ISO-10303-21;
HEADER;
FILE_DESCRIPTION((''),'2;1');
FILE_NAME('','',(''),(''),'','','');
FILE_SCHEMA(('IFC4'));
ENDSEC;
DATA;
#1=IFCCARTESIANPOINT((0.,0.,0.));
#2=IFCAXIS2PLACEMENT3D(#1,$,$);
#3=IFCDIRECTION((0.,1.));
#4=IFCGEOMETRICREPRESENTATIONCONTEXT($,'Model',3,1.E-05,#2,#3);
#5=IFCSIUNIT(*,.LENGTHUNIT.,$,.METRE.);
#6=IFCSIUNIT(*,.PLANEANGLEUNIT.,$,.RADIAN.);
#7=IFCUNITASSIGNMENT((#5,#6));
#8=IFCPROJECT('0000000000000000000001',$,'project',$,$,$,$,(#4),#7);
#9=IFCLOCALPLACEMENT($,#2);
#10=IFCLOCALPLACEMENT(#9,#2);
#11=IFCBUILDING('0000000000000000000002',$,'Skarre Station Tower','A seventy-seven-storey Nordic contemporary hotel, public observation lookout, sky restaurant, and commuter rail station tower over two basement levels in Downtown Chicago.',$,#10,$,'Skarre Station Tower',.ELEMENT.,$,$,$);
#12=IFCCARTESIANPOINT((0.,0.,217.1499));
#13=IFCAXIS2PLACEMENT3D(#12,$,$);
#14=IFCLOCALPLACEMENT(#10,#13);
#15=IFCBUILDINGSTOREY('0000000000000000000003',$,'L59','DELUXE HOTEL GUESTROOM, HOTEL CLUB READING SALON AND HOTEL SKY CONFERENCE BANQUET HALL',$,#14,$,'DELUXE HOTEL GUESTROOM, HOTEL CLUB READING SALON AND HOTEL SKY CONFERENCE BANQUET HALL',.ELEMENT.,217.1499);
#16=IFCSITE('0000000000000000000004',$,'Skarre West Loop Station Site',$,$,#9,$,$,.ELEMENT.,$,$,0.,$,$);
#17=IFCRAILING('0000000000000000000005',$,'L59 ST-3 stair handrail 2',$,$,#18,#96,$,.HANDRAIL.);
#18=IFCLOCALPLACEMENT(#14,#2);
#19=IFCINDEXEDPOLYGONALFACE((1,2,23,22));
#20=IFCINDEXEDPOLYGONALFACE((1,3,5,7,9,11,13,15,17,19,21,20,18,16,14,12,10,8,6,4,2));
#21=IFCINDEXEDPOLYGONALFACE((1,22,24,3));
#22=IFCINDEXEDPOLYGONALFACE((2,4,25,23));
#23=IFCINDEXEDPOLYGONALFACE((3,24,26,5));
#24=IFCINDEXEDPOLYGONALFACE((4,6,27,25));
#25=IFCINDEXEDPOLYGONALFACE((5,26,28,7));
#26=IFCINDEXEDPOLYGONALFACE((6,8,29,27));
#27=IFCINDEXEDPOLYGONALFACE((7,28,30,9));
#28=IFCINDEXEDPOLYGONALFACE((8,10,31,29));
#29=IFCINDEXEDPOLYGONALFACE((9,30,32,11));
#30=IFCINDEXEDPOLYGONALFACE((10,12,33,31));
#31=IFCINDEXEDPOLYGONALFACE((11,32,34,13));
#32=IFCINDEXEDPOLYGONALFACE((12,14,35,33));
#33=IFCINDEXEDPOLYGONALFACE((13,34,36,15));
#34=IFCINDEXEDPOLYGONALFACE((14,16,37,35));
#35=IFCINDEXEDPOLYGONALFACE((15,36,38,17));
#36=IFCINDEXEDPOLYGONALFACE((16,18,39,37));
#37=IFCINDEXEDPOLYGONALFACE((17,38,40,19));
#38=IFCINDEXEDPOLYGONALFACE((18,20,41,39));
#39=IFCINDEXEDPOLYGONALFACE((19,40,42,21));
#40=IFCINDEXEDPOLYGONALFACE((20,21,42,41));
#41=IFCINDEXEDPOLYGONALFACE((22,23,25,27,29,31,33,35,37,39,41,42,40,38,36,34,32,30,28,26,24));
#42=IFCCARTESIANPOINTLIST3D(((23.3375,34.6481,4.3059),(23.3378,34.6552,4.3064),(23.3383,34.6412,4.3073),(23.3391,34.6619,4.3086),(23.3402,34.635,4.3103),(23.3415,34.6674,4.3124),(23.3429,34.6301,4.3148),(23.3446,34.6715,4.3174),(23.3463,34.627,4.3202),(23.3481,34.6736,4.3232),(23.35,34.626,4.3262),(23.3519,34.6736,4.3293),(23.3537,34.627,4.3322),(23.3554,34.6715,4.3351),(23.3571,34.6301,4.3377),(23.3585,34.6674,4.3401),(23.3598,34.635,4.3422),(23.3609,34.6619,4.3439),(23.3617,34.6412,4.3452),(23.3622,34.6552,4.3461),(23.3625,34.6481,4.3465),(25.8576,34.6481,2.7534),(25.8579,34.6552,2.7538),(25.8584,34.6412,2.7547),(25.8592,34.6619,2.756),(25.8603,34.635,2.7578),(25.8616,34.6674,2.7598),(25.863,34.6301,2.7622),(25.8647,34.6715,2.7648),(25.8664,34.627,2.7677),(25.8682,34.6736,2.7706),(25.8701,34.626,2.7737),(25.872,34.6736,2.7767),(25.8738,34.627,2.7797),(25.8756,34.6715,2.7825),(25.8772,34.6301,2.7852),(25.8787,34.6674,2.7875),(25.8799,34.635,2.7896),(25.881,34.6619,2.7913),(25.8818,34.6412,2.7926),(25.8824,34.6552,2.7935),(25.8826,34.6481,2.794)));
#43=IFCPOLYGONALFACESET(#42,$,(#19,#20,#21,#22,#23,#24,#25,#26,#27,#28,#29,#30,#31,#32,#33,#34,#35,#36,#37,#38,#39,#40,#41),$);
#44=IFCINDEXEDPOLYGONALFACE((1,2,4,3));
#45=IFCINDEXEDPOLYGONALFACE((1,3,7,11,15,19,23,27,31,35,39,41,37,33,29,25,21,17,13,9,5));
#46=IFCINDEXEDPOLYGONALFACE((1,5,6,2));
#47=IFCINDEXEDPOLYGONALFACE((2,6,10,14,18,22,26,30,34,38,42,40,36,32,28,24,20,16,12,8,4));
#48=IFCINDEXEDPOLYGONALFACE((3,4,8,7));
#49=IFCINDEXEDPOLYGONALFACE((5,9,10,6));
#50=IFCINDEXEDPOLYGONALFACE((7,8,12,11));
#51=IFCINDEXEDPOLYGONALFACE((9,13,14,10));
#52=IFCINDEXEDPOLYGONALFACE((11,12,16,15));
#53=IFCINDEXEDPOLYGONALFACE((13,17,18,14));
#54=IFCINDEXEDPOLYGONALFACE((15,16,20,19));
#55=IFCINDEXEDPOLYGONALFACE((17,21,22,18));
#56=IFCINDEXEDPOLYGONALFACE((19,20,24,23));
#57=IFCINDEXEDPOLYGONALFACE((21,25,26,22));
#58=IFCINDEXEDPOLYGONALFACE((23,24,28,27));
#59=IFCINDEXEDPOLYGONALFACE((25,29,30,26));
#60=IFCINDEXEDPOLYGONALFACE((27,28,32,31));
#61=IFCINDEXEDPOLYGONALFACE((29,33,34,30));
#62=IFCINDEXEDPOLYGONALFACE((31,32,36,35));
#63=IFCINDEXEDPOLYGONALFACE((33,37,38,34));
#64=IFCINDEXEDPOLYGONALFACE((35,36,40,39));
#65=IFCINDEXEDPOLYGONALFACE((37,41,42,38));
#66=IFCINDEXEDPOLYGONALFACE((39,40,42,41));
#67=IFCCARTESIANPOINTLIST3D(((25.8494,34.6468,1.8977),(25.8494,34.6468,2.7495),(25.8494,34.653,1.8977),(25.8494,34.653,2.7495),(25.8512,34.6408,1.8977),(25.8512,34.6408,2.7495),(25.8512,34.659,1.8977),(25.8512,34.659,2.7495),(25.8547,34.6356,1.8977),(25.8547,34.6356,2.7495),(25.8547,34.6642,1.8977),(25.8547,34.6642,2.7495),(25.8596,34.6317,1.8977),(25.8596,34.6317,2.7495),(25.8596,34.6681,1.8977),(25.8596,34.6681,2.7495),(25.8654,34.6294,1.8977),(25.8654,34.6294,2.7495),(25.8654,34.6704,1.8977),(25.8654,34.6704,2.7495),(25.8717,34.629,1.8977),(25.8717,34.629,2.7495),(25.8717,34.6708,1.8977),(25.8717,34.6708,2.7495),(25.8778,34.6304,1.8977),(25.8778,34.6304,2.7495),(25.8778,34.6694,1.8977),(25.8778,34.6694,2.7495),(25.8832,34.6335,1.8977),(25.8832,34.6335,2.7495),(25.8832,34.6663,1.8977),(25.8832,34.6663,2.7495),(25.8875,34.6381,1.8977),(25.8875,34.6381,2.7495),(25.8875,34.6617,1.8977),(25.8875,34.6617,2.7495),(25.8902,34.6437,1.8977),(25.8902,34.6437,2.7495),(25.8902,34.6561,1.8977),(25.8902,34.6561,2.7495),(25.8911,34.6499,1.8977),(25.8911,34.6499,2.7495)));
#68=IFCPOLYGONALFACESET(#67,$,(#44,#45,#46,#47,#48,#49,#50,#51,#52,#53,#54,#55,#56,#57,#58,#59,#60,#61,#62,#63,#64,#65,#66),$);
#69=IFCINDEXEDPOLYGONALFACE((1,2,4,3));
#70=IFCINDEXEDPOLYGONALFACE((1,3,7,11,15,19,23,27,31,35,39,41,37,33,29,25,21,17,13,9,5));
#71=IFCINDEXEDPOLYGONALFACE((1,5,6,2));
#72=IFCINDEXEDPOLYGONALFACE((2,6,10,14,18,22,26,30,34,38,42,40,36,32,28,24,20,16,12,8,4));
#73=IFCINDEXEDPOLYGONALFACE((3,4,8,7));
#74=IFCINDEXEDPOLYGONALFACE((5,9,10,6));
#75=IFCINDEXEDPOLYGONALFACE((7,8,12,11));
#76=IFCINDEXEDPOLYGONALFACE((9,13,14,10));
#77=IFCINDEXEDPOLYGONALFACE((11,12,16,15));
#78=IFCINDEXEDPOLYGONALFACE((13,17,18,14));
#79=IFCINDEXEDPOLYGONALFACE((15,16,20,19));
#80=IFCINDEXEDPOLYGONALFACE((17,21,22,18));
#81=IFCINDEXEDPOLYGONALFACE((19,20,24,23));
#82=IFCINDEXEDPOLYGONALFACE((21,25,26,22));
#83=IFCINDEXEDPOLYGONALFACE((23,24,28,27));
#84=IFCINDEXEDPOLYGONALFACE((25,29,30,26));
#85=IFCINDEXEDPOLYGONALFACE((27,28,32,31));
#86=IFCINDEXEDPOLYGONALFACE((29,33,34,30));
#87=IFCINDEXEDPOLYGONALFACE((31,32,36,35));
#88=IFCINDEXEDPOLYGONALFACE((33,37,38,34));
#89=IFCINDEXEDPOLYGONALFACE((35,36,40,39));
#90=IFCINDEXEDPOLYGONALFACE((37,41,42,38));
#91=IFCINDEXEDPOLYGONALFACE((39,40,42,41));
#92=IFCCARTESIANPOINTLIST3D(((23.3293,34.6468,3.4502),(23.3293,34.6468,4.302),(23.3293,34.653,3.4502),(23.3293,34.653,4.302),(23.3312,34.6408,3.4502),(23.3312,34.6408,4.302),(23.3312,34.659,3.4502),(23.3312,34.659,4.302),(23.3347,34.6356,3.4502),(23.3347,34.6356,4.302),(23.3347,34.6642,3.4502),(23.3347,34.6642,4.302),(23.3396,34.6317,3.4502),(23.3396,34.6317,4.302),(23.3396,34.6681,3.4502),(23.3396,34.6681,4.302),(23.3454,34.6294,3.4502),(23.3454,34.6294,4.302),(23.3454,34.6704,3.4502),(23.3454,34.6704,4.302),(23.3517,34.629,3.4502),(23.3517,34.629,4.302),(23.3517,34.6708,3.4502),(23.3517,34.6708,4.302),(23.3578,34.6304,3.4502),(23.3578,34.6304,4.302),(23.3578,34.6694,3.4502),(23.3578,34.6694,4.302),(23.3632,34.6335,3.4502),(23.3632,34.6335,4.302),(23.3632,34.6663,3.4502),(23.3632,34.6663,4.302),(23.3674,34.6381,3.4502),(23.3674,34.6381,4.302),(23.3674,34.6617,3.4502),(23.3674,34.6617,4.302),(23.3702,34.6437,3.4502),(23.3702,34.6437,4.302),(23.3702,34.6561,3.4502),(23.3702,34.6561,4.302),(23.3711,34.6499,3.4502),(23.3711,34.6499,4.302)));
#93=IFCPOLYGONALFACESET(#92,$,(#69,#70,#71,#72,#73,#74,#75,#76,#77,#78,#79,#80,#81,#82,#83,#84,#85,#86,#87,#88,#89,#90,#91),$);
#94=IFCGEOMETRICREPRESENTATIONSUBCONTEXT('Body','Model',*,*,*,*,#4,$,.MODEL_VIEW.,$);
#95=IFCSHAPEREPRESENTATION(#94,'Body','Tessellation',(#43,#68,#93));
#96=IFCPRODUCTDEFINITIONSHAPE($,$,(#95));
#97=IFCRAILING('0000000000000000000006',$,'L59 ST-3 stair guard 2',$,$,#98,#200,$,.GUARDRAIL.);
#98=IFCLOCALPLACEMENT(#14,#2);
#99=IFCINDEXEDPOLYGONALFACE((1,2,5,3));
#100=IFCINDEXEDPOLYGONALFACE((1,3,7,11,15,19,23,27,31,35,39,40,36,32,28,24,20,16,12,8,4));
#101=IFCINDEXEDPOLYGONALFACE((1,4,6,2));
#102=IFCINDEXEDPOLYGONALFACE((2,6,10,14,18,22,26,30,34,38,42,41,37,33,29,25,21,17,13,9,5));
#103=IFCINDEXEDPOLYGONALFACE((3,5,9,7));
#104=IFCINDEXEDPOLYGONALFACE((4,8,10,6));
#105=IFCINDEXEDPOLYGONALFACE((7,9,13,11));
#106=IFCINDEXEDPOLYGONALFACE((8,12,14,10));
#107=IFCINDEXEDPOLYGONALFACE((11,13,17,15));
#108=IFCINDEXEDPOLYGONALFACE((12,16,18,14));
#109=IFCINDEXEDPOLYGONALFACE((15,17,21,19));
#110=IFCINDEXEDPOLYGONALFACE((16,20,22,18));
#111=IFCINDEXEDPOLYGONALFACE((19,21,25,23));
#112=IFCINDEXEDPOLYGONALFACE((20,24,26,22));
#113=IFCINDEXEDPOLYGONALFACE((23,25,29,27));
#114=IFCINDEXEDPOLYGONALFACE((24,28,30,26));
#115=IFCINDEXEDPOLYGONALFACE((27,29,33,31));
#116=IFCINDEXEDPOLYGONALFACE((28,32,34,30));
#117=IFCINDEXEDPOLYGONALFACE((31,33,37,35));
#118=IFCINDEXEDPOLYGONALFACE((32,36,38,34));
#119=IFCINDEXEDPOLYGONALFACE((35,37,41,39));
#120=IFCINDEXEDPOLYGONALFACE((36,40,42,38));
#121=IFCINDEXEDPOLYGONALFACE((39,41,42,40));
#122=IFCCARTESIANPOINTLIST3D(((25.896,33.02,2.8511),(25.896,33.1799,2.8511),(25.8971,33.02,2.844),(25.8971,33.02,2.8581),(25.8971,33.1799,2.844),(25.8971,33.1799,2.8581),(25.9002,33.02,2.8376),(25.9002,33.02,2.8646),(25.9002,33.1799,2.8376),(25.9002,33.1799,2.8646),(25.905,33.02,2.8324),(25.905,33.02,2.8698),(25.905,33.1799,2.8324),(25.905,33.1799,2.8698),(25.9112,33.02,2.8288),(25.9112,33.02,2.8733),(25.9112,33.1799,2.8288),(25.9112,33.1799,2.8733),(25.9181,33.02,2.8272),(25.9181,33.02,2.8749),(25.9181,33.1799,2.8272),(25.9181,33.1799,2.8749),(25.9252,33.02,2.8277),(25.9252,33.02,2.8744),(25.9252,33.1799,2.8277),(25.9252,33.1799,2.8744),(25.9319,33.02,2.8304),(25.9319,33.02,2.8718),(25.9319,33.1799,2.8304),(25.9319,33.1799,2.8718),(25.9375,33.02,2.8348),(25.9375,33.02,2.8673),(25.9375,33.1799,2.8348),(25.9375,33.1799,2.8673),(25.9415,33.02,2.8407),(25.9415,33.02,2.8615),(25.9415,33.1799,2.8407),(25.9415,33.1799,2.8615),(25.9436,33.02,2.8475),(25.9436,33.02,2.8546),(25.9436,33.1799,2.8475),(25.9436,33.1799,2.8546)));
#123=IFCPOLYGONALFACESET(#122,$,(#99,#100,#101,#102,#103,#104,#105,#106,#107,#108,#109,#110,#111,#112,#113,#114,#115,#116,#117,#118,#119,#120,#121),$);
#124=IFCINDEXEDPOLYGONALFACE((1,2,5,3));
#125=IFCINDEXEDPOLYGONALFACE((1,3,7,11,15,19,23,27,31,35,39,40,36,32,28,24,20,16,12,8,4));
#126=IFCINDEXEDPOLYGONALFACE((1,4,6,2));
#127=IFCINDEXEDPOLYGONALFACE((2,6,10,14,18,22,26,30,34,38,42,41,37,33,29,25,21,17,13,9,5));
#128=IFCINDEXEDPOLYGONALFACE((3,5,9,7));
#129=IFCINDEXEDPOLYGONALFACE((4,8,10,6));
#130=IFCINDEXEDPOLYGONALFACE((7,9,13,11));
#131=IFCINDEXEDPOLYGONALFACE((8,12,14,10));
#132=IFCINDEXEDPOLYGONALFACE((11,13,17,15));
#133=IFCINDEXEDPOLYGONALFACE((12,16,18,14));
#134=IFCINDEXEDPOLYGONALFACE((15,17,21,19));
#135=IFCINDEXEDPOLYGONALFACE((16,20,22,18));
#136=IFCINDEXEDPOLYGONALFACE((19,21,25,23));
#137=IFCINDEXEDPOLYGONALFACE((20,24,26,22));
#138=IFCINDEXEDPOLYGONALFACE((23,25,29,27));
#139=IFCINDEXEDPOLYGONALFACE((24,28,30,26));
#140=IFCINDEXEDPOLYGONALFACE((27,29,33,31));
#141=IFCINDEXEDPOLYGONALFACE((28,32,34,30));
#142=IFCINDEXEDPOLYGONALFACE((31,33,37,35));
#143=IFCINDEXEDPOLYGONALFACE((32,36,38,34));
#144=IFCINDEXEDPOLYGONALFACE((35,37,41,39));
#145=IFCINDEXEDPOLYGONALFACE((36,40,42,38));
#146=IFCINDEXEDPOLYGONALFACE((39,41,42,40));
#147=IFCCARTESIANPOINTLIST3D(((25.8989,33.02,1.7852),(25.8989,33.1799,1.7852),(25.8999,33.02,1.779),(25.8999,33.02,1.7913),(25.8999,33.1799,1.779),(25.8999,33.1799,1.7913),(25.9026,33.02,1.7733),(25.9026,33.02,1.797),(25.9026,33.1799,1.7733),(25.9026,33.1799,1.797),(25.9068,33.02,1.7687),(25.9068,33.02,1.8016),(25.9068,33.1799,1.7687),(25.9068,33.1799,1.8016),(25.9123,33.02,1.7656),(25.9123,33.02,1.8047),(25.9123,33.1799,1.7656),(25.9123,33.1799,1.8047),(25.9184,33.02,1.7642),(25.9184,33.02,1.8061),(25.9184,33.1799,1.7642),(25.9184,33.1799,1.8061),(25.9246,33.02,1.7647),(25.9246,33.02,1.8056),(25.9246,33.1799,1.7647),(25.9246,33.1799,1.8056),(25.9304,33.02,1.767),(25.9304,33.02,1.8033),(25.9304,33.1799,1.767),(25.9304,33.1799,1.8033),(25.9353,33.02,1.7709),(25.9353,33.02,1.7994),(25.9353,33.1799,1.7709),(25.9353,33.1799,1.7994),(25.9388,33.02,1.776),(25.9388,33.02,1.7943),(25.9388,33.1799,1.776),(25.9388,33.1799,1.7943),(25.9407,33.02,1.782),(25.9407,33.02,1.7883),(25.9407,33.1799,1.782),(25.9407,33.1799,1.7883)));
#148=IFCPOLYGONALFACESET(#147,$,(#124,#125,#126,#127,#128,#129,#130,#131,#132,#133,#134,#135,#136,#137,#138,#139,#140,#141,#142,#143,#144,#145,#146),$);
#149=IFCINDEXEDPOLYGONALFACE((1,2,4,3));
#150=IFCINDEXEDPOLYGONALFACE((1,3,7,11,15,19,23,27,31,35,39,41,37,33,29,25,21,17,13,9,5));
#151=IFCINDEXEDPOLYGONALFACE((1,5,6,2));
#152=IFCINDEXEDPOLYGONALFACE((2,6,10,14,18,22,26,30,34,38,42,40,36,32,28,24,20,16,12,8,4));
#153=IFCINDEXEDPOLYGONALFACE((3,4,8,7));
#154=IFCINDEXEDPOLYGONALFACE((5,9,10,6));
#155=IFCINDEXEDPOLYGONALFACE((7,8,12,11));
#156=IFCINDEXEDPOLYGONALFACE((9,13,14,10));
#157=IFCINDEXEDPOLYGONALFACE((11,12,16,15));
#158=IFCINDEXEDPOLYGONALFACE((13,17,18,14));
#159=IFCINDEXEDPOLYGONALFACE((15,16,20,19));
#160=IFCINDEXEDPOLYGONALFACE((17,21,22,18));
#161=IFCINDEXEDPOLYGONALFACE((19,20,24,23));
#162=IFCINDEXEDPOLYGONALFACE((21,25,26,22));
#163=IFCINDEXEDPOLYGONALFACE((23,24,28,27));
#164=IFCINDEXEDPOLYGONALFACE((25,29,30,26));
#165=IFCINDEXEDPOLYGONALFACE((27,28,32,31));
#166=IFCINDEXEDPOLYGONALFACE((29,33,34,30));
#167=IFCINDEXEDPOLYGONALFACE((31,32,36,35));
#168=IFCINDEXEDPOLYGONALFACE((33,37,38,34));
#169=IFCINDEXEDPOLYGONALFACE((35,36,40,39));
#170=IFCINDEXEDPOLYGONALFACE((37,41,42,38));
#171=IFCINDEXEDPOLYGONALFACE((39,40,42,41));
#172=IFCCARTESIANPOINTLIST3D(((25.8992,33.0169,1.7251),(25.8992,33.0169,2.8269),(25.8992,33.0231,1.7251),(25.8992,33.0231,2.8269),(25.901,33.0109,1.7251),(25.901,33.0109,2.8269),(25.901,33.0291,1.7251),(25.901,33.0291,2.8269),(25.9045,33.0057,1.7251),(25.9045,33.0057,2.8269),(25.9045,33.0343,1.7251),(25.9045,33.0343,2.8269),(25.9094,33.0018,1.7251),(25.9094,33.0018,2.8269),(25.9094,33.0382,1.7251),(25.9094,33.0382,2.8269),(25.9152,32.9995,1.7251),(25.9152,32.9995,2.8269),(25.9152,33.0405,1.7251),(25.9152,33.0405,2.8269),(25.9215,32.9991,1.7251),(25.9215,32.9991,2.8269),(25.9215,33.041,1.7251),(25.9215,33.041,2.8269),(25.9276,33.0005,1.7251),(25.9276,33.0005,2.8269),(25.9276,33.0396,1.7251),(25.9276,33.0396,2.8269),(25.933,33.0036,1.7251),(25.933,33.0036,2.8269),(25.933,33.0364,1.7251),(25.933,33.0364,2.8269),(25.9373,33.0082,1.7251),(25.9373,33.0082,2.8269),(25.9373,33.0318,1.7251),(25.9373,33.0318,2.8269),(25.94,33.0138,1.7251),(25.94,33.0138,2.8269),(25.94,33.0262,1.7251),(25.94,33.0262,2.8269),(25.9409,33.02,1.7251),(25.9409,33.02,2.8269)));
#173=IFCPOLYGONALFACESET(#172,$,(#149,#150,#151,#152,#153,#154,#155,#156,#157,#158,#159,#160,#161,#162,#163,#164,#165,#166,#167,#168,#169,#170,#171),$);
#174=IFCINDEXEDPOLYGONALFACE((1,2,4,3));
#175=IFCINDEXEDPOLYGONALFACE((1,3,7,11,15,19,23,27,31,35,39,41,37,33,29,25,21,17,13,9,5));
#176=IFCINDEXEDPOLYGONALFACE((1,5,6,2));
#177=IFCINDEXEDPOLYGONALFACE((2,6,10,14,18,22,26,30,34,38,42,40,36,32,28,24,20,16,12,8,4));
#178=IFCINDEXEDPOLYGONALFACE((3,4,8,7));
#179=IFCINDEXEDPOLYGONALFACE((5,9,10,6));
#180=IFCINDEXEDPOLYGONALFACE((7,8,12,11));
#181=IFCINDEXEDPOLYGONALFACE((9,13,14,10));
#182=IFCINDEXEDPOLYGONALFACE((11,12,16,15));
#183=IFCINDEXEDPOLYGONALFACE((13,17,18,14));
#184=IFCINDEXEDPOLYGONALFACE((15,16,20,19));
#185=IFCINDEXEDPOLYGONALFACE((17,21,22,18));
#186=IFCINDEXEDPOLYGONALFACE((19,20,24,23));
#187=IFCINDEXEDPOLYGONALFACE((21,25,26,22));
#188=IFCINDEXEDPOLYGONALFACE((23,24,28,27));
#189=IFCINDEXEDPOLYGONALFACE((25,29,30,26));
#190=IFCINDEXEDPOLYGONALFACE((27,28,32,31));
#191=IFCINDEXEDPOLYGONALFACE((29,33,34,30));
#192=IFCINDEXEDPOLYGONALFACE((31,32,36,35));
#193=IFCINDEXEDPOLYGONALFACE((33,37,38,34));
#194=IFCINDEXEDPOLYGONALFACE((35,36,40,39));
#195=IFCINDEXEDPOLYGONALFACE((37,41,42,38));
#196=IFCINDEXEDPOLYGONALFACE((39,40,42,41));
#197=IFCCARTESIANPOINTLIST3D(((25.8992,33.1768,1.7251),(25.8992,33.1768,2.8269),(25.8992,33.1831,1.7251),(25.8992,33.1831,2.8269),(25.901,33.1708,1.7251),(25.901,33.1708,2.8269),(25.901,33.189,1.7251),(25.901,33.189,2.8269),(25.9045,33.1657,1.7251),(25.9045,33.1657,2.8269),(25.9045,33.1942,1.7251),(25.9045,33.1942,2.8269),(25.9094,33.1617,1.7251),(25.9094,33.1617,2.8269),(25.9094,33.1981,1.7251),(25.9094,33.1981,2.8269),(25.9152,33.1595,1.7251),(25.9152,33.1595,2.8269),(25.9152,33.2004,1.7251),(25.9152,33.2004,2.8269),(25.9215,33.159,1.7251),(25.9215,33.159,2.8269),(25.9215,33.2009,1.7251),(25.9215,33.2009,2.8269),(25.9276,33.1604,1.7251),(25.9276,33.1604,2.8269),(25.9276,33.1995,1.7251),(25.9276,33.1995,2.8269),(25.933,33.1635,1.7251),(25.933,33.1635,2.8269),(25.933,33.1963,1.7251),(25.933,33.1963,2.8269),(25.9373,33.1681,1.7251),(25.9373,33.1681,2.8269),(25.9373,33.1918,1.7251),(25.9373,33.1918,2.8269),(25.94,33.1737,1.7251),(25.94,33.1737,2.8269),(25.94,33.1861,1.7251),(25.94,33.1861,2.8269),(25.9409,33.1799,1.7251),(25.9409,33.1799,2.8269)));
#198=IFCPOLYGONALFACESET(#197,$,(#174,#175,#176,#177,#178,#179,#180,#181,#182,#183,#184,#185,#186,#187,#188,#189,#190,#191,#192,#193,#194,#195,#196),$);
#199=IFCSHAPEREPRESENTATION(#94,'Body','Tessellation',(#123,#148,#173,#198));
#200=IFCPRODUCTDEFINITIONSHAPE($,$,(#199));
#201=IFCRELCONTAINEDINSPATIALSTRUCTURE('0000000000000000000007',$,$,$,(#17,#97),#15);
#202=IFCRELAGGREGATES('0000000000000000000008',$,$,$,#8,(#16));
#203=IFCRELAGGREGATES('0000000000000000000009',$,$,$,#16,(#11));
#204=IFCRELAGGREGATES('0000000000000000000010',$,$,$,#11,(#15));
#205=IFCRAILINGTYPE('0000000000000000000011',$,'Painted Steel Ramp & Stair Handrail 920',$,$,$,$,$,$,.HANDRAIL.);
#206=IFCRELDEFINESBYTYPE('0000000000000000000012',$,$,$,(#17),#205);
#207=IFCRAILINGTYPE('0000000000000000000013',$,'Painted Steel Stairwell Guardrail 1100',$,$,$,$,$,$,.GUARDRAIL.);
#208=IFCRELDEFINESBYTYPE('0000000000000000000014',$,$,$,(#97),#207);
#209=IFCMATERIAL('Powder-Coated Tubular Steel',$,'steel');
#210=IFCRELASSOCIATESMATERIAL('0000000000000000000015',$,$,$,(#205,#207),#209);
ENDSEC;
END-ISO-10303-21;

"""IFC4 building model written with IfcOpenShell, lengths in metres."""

from ifc_helpers import new_model, si_unit, direction, frame, origin, origin_2d, place, context, subcontext, project, spatial, circle, extrude, material, type_object, element, save


model = new_model("IFC4")

# Units and contexts
model_context = context("Model", 3, precision=1e-05, world=origin(), true_north=direction((0.0, 1.0)))
body_context = subcontext(model_context, "Body", "Model", "MODEL_VIEW")
ifc_project = project(units=[si_unit("LENGTHUNIT", "METRE"), si_unit("PLANEANGLEUNIT", "RADIAN")], contexts=[model_context])

# Site, building, storey
site_placement = place(None, origin())
site = spatial("IfcSite", under=ifc_project, at=site_placement, Name="Skarre West Loop Station Site", CompositionType="ELEMENT", RefElevation=0.0)
building_placement = place(site_placement, origin())
building = spatial("IfcBuilding", under=site, at=building_placement, Name="Skarre Station Tower", Description="A seventy-seven-storey Nordic contemporary hotel, public observation lookout, sky restaurant, and commuter rail station tower over two basement levels in Downtown Chicago.", LongName="Skarre Station Tower", CompositionType="ELEMENT")
storey_placement = place(building_placement, frame((0.0, 0.0, 217.1499)))
storey = spatial("IfcBuildingStorey", under=building, at=storey_placement, Name="L59", Description="DELUXE HOTEL GUESTROOM, HOTEL CLUB READING SALON AND HOTEL SKY CONFERENCE BANQUET HALL", LongName="DELUXE HOTEL GUESTROOM, HOTEL CLUB READING SALON AND HOTEL SKY CONFERENCE BANQUET HALL", CompositionType="ELEMENT", Elevation=217.1499)

# Railings
ifc_material_1 = material(Name="Powder-Coated Tubular Steel", Category="steel")
railing_type_1 = type_object("IfcRailingType", Name="Painted Steel Ramp & Stair Handrail 920", PredefinedType="HANDRAIL", material=ifc_material_1)
railing_1_placement = place(storey_placement, frame((25.8701, 34.6499, 1.8977)))
element("IfcRailing", 1, at=railing_1_placement, inside=storey, type_object=railing_type_1, Name="L59 ST-3 stair handrail 2", PredefinedType="HANDRAIL", context=body_context, shape_type="SweptSolid", body=[
    extrude(circle(Radius=0.0239, at=origin_2d()), frame((0.0, 0.0, 0.876), z_axis=(-0.8514, 0.0, 0.524516), x_axis=(0.0, -1.0, 0.0)), (0.0, 0.0, 1.0), 2.96),
    extrude(circle(Radius=0.021, at=origin_2d()), origin(), (0.0, 0.0, 1.0), 0.8518),
    extrude(circle(Radius=0.021, at=origin_2d()), frame((-2.52, 0.0, 1.5525)), (0.0, 0.0, 1.0), 0.8518),
])
railing_type_2 = type_object("IfcRailingType", Name="Painted Steel Stairwell Guardrail 1100", PredefinedType="GUARDRAIL", material=ifc_material_1)
railing_2_placement = place(storey_placement, frame((25.9199, 33.02, 1.7251)))
element("IfcRailing", 2, at=railing_2_placement, inside=storey, type_object=railing_type_2, Name="L59 ST-3 stair guard 2", PredefinedType="GUARDRAIL", context=body_context, shape_type="SweptSolid", body=[
    extrude(circle(Radius=0.0239, at=origin_2d()), frame((0.0, 0.0, 1.126), z_axis=(0.0, 1.0, 0.0), x_axis=(-1.0, 0.0, 0.0)), (0.0, 0.0, 1.0), 0.1599),
    extrude(circle(Radius=0.021, at=origin_2d()), frame((0.0, 0.0, 0.0601), z_axis=(0.0, 1.0, 0.0), x_axis=(-1.0, 0.0, 0.0)), (0.0, 0.0, 1.0), 0.1599),
    extrude(circle(Radius=0.021, at=origin_2d()), origin(), (0.0, 0.0, 1.0), 1.1018),
    extrude(circle(Radius=0.021, at=origin_2d()), frame((0.0, 0.1599, 0.0)), (0.0, 0.0, 1.0), 1.1018),
])

save(model, "model.ifc")
